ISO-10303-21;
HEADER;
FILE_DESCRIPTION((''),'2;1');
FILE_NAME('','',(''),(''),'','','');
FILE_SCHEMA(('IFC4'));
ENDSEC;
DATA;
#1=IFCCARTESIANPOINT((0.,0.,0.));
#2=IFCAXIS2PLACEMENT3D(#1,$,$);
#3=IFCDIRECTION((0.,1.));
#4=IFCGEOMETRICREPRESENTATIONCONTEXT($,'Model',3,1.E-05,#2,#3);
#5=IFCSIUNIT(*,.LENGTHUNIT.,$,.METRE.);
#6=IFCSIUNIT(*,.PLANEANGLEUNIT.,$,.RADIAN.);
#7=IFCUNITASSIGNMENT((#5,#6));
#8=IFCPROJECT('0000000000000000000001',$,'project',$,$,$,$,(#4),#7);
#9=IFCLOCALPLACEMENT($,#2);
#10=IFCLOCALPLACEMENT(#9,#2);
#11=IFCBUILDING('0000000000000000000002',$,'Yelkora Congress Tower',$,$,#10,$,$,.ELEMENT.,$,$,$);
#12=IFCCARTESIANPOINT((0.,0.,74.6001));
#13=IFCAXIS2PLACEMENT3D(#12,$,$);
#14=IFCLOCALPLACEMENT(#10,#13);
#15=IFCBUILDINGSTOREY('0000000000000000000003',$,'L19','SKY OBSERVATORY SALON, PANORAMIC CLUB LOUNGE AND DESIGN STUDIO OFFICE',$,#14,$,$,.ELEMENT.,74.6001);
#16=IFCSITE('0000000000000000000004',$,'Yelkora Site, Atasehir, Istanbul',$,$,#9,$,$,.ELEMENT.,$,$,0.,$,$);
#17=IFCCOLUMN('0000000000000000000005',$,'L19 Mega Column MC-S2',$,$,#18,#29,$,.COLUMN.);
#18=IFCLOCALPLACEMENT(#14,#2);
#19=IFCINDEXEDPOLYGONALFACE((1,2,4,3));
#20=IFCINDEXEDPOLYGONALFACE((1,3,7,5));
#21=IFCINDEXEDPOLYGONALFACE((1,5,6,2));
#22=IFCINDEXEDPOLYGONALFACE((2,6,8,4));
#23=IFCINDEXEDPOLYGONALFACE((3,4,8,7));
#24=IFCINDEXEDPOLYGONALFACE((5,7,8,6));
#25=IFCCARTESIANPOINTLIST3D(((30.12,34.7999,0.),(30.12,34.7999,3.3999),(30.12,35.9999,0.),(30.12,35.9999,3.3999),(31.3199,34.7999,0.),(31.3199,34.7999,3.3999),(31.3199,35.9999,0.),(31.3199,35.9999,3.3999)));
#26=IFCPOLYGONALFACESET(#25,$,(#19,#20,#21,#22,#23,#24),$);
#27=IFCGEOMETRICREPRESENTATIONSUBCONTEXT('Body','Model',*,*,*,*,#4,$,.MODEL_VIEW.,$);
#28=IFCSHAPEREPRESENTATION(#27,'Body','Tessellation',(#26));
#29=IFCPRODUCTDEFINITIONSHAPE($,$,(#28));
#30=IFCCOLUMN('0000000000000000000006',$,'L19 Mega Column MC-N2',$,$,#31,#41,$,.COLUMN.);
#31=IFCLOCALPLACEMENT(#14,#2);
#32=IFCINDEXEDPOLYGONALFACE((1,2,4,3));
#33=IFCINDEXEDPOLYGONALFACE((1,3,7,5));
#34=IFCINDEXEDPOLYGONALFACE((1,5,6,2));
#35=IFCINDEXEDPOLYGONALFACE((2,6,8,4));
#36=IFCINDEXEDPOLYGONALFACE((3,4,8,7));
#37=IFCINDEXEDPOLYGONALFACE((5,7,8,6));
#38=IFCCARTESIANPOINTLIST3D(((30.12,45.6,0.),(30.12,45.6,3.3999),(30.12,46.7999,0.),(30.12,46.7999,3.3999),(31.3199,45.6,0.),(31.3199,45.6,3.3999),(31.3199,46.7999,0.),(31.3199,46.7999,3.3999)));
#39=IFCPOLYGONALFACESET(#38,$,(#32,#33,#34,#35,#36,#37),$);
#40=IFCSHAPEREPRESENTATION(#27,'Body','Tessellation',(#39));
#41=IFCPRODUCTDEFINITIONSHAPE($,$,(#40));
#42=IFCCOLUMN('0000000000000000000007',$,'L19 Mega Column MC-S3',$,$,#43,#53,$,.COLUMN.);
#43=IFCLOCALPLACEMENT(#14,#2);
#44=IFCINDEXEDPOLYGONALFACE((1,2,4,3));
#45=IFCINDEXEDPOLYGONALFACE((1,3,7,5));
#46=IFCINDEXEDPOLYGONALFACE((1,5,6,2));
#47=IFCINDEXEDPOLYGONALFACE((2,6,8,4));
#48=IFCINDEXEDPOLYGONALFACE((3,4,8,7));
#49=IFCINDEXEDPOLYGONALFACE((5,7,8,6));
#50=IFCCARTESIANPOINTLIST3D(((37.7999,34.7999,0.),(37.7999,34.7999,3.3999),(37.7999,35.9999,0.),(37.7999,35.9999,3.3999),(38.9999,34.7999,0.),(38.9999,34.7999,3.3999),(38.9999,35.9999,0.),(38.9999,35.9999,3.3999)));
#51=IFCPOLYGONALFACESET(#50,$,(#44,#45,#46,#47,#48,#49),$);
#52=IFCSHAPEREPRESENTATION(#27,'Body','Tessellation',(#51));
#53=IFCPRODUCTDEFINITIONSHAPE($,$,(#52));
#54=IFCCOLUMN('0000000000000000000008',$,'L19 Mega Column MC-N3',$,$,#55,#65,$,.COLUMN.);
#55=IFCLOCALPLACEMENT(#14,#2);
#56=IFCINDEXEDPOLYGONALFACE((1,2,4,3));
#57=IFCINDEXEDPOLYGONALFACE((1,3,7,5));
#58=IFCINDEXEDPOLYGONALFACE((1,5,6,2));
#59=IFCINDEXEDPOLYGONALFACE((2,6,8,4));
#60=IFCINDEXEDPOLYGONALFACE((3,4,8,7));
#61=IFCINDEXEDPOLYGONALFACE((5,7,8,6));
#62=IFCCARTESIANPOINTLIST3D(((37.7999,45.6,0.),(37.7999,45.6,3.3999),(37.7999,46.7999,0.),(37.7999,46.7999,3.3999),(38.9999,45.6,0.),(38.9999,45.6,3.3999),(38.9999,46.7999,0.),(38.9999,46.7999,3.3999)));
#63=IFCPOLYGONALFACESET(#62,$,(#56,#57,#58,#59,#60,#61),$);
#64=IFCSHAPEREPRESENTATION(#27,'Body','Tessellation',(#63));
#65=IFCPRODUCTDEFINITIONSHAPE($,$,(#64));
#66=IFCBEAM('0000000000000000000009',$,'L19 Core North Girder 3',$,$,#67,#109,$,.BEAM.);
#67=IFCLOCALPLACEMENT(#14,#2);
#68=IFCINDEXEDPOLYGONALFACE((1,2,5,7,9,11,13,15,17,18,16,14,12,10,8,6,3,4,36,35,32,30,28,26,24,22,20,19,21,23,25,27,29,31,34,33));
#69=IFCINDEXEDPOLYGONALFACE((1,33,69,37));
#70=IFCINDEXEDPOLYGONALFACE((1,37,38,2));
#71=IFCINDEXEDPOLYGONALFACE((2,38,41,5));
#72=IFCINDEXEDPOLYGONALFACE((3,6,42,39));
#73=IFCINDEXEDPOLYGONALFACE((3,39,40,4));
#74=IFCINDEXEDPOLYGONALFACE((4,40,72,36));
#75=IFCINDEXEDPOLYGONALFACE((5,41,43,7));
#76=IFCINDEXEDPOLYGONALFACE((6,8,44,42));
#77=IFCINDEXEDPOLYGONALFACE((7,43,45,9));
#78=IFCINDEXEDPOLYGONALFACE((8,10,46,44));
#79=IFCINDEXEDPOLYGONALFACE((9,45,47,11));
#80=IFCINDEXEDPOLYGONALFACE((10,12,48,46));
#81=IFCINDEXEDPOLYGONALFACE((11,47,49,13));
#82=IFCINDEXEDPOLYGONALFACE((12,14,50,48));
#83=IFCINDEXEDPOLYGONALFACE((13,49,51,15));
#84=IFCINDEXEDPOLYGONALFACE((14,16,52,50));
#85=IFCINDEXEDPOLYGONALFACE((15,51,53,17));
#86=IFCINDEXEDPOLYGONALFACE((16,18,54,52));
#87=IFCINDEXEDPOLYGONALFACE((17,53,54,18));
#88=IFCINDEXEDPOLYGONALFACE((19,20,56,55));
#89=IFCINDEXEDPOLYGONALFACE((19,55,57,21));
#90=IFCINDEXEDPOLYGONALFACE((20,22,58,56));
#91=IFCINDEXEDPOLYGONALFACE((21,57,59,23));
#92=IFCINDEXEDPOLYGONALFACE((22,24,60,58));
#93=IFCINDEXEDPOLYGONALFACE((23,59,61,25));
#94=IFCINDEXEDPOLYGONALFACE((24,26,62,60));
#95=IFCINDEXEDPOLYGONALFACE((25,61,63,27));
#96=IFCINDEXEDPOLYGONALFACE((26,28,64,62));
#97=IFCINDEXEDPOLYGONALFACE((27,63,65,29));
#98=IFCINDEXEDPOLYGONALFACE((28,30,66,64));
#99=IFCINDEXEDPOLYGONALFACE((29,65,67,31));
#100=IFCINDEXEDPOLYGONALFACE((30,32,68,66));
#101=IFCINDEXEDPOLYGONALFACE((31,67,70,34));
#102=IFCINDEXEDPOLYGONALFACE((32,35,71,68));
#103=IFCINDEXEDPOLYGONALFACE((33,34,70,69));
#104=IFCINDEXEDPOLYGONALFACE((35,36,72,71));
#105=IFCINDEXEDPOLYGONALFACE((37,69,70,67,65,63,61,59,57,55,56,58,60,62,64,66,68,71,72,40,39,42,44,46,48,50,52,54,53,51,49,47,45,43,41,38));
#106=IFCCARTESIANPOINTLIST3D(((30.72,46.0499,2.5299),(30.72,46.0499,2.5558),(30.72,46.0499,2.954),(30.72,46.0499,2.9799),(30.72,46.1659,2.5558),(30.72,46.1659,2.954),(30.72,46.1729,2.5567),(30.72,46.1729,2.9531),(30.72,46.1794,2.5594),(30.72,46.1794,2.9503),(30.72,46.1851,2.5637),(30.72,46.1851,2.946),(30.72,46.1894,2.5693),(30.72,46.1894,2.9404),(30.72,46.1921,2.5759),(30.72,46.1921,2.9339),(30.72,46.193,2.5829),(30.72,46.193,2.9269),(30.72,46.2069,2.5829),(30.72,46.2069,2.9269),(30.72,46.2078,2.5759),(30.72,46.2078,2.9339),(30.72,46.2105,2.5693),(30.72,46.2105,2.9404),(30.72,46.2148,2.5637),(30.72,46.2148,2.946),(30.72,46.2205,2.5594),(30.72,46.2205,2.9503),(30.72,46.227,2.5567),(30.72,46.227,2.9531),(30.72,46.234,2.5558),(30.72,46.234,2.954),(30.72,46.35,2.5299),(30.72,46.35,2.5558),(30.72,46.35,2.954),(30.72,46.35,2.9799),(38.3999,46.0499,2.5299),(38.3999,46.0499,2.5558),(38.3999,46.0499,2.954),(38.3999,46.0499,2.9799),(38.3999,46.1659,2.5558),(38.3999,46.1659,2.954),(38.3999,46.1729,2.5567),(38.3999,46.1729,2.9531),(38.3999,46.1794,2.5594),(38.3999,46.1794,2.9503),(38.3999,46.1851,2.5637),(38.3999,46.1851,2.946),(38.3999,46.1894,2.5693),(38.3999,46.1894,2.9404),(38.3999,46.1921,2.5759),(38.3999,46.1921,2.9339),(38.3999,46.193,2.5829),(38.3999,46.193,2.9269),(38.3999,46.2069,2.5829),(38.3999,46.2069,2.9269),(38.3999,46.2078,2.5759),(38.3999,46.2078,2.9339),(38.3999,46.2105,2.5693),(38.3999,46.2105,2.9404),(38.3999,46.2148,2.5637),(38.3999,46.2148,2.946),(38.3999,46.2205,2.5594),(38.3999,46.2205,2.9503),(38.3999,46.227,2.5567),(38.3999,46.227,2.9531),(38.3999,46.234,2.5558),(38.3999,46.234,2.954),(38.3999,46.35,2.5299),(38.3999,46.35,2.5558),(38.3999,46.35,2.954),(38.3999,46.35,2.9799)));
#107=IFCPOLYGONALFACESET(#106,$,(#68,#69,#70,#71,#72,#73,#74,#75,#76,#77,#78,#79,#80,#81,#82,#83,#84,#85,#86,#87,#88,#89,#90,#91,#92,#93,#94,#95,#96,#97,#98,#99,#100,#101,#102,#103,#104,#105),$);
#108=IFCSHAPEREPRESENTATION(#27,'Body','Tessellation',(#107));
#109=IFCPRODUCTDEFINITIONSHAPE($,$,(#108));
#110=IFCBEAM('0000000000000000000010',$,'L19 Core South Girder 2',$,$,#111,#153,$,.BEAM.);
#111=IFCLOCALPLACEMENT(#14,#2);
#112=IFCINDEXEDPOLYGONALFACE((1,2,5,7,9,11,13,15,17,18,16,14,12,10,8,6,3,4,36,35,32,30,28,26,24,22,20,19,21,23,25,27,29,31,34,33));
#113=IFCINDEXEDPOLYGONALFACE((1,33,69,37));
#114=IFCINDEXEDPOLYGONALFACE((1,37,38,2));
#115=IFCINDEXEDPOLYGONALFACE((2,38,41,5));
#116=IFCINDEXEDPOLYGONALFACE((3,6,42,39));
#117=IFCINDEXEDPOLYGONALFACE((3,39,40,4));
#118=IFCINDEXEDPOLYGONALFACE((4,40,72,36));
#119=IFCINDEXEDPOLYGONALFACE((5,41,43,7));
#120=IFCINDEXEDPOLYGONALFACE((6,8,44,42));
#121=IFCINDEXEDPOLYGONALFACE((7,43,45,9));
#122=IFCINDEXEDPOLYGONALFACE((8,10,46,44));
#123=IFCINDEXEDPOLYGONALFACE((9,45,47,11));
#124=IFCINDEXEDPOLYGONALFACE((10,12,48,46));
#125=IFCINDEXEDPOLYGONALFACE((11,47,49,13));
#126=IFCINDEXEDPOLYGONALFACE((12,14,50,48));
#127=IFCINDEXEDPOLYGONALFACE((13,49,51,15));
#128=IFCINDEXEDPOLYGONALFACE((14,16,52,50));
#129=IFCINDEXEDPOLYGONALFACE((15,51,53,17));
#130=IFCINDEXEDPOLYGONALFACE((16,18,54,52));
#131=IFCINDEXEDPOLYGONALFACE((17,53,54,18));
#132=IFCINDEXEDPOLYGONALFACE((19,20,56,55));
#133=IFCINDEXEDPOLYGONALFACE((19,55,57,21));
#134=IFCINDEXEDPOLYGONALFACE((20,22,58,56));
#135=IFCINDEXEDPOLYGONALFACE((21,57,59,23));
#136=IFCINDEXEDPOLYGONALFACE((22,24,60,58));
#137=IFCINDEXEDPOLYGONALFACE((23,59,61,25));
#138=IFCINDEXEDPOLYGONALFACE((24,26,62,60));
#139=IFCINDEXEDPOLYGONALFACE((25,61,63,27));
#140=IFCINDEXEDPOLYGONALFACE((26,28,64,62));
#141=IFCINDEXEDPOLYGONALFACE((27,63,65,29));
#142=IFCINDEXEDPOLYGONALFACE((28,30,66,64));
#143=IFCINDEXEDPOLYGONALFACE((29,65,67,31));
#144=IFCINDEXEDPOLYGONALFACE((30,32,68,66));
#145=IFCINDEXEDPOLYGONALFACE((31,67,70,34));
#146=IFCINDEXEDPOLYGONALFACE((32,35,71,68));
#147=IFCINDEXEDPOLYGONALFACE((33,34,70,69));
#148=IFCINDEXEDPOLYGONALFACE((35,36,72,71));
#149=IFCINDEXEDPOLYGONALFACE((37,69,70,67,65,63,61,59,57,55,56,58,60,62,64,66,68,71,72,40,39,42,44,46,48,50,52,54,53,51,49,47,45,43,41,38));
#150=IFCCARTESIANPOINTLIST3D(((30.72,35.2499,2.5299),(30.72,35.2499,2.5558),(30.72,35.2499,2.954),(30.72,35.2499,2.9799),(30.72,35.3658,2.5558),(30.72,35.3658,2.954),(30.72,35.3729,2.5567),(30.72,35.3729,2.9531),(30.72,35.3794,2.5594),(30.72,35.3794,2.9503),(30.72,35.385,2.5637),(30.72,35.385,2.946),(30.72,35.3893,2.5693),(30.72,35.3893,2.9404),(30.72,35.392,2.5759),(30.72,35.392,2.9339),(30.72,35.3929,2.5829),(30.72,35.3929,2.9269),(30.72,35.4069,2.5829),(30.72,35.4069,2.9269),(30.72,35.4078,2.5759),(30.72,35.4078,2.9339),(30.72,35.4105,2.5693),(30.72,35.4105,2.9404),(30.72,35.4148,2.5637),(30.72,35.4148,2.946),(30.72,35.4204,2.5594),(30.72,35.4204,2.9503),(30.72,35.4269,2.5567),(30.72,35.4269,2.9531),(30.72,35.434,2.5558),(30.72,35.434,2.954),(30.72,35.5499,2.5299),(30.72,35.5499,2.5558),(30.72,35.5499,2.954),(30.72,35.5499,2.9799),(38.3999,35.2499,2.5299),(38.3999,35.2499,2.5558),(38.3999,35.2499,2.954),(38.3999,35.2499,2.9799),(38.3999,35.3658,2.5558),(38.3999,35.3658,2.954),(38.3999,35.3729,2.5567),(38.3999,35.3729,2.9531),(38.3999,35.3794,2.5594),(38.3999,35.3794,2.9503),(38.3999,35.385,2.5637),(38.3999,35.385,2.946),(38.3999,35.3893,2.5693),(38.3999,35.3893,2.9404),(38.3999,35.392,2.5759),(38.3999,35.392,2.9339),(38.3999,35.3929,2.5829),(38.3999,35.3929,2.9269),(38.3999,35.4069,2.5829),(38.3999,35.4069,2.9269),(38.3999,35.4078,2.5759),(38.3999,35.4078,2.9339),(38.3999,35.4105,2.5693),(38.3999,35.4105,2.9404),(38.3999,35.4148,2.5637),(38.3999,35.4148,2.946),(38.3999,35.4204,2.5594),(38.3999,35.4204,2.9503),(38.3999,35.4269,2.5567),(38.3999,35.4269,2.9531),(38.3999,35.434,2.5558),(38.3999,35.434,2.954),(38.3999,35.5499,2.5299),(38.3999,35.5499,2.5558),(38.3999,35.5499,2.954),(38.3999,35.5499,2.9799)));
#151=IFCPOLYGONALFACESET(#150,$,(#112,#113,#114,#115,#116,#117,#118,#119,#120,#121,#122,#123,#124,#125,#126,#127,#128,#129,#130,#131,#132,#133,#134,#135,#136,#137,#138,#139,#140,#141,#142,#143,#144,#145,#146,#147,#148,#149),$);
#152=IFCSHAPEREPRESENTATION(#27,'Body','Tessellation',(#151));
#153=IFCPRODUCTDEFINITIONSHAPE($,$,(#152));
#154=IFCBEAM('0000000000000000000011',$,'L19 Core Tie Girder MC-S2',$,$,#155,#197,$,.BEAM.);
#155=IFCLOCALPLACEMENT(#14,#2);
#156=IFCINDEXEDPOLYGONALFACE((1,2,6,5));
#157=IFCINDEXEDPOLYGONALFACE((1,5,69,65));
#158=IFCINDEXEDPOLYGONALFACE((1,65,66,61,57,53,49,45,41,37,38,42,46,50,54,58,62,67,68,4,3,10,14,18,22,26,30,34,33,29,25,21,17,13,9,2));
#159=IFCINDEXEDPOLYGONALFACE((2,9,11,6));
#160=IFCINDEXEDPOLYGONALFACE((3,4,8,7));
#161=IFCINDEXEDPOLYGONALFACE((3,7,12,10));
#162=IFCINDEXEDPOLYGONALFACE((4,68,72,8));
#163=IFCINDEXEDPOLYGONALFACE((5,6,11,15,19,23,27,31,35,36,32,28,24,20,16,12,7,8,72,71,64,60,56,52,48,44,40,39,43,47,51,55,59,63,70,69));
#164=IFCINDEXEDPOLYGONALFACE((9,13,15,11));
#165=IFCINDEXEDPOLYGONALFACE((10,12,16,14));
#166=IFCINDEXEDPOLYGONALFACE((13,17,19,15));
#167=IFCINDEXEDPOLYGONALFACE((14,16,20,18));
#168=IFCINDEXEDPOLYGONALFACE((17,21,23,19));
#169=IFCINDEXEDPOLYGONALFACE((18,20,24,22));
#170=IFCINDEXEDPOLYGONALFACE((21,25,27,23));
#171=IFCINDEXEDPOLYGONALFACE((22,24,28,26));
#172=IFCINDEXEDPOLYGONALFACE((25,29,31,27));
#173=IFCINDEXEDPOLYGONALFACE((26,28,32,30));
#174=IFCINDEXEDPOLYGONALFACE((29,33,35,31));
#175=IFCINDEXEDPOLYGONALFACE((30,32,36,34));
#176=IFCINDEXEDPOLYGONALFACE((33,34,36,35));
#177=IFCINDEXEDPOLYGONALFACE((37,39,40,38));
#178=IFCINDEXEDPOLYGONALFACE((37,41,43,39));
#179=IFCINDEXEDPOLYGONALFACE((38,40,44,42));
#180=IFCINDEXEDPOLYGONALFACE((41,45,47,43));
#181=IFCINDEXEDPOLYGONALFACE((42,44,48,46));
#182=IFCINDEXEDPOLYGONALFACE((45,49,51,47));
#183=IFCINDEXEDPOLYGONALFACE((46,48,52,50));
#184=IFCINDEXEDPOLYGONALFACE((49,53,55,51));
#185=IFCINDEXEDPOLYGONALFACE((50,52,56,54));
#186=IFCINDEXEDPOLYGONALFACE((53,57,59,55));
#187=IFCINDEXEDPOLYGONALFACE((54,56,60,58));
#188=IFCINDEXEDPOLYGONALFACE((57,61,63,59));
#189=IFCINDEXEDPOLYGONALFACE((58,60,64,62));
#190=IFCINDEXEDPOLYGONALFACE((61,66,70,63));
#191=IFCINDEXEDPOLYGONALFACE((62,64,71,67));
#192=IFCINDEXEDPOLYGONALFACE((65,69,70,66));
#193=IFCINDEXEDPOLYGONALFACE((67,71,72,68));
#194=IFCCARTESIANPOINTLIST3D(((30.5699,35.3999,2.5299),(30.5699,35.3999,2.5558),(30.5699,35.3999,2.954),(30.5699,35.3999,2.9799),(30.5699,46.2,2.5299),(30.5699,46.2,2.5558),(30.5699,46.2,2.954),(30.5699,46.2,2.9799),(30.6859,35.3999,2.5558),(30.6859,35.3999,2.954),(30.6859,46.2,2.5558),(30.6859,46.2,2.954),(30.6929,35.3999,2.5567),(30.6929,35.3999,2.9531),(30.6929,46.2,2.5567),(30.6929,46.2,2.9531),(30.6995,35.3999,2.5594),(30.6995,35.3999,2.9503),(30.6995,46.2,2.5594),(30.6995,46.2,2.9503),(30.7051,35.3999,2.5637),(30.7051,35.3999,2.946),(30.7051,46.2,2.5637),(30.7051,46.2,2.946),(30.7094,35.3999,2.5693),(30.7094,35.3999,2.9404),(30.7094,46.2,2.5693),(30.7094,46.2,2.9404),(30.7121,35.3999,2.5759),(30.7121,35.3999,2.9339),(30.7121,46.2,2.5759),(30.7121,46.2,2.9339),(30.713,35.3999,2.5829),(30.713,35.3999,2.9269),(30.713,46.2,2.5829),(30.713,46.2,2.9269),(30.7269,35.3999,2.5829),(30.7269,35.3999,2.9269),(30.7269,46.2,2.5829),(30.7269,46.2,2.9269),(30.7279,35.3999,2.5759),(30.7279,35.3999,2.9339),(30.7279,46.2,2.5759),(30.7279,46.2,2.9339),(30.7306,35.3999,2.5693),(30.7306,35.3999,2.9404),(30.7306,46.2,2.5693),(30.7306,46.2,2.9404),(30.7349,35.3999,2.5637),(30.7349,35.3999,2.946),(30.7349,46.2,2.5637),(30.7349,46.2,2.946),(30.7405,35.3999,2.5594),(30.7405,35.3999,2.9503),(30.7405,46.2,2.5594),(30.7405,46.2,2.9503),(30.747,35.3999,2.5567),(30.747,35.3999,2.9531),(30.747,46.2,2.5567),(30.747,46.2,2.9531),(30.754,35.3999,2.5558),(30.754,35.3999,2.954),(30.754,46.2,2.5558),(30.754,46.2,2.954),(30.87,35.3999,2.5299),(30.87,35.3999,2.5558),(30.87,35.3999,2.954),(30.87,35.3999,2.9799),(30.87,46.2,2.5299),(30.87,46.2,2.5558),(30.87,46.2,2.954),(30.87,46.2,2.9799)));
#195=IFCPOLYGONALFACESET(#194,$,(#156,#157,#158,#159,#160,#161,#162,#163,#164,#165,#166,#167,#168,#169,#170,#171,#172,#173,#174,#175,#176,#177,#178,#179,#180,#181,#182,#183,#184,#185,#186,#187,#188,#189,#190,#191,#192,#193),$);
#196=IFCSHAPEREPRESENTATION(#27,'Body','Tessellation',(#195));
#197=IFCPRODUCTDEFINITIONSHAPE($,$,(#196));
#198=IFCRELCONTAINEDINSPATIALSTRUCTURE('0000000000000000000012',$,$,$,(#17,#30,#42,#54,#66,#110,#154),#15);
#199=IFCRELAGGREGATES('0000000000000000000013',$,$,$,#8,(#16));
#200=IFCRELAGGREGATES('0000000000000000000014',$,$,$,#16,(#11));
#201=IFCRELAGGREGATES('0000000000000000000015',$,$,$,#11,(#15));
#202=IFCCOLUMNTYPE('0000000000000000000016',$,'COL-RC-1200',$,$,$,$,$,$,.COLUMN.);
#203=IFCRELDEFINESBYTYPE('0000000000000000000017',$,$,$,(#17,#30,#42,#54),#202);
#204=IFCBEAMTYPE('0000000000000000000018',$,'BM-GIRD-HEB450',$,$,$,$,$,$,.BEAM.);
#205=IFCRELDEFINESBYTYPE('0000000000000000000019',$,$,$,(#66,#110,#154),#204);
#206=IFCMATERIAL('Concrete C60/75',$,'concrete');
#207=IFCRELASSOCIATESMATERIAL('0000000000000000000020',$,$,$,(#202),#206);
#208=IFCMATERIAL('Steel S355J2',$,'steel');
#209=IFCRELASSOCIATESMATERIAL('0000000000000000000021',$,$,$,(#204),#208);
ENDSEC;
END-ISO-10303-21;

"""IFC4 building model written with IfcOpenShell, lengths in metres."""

from ifc_helpers import new_model, si_unit, direction, frame, origin, origin_2d, place, context, subcontext, project, spatial, rectangle, i_section, extrude, material, material_profile, profile_set, type_object, element, save


model = new_model("IFC4")

# Units and contexts
model_context = context("Model", 3, precision=1e-05, world=origin(), true_north=direction((0.0, 1.0)))
body_context = subcontext(model_context, "Body", "Model", "MODEL_VIEW")
ifc_project = project(units=[si_unit("LENGTHUNIT", "METRE"), si_unit("PLANEANGLEUNIT", "RADIAN")], contexts=[model_context])

# Site, building, storey
site_placement = place(None, origin())
site = spatial("IfcSite", under=ifc_project, at=site_placement, Name="Yelkora Site, Atasehir, Istanbul", CompositionType="ELEMENT", RefElevation=0.0)
building_placement = place(site_placement, origin())
building = spatial("IfcBuilding", under=site, at=building_placement, Name="Yelkora Congress Tower", CompositionType="ELEMENT")
storey_placement = place(building_placement, frame((0.0, 0.0, 74.6001)))
storey = spatial("IfcBuildingStorey", under=building, at=storey_placement, Name="L19", Description="SKY OBSERVATORY SALON, PANORAMIC CLUB LOUNGE AND DESIGN STUDIO OFFICE", CompositionType="ELEMENT", Elevation=74.6001)

# Columns
ifc_material_1 = material(Name="Concrete C60/75", Category="concrete")
ifc_material_profile_1 = material_profile(ifc_material_1, rectangle(XDim=1.2, YDim=1.2, at=origin_2d()), Name="RC 1200x1200")
ifc_profile_set_1 = profile_set([ifc_material_profile_1], Name="Concrete C60/75")
column_type = type_object("IfcColumnType", Name="COL-RC-1200", PredefinedType="COLUMN", material=ifc_profile_set_1)
for number, where, z_axis, x_axis, name in (
    (1, (30.72, 35.3999, 0.0), (0.0, 0.0, 1.0), (1.0, 0.0, 0.0), "L19 Mega Column MC-S2"),
    (2, (30.72, 46.2, 0.0), (0.0, 0.0, 1.0), (1.0, 0.0, 0.0), "L19 Mega Column MC-N2"),
    (3, (38.3999, 35.3999, 0.0), (0.0, 0.0, 1.0), (1.0, 0.0, 0.0), "L19 Mega Column MC-S3"),
    (4, (38.3999, 46.2, 0.0), (0.0, 0.0, 1.0), (1.0, 0.0, 0.0), "L19 Mega Column MC-N3"),
):
    element("IfcColumn", number, at=place(storey_placement, frame(where, z_axis=z_axis, x_axis=x_axis)), inside=storey, type_object=column_type, Name=name, PredefinedType="COLUMN", context=body_context, shape_type="SweptSolid", body=[
        extrude(rectangle(XDim=1.2, YDim=1.2, at=origin_2d()), origin(), (0.0, 0.0, 1.0), 3.3999),
    ])

# Beams
ifc_material_2 = material(Name="Steel S355J2", Category="steel")
ifc_material_profile_2 = material_profile(ifc_material_2, i_section(OverallWidth=0.3, OverallDepth=0.45, WebThickness=0.0139, FlangeThickness=0.0259, FilletRadius=0.0271, at=origin_2d()), Name="HEB 450")
ifc_profile_set_2 = profile_set([ifc_material_profile_2], Name="Steel S355J2")
beam_type = type_object("IfcBeamType", Name="BM-GIRD-HEB450", PredefinedType="BEAM", material=ifc_profile_set_2)
for number, where, z_axis, x_axis, name in (
    (5, (30.72, 46.2, 2.7549), (1.0, 0.0, 0.0), (0.0, 1.0, 0.0), "L19 Core North Girder 3"),
    (6, (30.72, 35.3999, 2.7549), (1.0, 0.0, 0.0), (0.0, 1.0, 0.0), "L19 Core South Girder 2"),
):
    element("IfcBeam", number, at=place(storey_placement, frame(where, z_axis=z_axis, x_axis=x_axis)), inside=storey, type_object=beam_type, Name=name, PredefinedType="BEAM", context=body_context, shape_type="SweptSolid", body=[
        extrude(i_section(OverallWidth=0.3, OverallDepth=0.45, WebThickness=0.0139, FlangeThickness=0.0259, FilletRadius=0.0271, at=origin_2d()), origin(), (0.0, 0.0, 1.0), 7.6799),
    ])
beam_placement = place(storey_placement, frame((30.72, 35.3999, 2.7549), z_axis=(0.0, 1.0, 0.0), x_axis=(-1.0, 0.0, 0.0)))
element("IfcBeam", 7, at=beam_placement, inside=storey, type_object=beam_type, Name="L19 Core Tie Girder MC-S2", PredefinedType="BEAM", context=body_context, shape_type="SweptSolid", body=[
    extrude(i_section(OverallWidth=0.3, OverallDepth=0.45, WebThickness=0.0139, FlangeThickness=0.0259, FilletRadius=0.0271, at=origin_2d()), origin(), (0.0, 0.0, 1.0), 10.8),
])

save(model, "model.ifc")
